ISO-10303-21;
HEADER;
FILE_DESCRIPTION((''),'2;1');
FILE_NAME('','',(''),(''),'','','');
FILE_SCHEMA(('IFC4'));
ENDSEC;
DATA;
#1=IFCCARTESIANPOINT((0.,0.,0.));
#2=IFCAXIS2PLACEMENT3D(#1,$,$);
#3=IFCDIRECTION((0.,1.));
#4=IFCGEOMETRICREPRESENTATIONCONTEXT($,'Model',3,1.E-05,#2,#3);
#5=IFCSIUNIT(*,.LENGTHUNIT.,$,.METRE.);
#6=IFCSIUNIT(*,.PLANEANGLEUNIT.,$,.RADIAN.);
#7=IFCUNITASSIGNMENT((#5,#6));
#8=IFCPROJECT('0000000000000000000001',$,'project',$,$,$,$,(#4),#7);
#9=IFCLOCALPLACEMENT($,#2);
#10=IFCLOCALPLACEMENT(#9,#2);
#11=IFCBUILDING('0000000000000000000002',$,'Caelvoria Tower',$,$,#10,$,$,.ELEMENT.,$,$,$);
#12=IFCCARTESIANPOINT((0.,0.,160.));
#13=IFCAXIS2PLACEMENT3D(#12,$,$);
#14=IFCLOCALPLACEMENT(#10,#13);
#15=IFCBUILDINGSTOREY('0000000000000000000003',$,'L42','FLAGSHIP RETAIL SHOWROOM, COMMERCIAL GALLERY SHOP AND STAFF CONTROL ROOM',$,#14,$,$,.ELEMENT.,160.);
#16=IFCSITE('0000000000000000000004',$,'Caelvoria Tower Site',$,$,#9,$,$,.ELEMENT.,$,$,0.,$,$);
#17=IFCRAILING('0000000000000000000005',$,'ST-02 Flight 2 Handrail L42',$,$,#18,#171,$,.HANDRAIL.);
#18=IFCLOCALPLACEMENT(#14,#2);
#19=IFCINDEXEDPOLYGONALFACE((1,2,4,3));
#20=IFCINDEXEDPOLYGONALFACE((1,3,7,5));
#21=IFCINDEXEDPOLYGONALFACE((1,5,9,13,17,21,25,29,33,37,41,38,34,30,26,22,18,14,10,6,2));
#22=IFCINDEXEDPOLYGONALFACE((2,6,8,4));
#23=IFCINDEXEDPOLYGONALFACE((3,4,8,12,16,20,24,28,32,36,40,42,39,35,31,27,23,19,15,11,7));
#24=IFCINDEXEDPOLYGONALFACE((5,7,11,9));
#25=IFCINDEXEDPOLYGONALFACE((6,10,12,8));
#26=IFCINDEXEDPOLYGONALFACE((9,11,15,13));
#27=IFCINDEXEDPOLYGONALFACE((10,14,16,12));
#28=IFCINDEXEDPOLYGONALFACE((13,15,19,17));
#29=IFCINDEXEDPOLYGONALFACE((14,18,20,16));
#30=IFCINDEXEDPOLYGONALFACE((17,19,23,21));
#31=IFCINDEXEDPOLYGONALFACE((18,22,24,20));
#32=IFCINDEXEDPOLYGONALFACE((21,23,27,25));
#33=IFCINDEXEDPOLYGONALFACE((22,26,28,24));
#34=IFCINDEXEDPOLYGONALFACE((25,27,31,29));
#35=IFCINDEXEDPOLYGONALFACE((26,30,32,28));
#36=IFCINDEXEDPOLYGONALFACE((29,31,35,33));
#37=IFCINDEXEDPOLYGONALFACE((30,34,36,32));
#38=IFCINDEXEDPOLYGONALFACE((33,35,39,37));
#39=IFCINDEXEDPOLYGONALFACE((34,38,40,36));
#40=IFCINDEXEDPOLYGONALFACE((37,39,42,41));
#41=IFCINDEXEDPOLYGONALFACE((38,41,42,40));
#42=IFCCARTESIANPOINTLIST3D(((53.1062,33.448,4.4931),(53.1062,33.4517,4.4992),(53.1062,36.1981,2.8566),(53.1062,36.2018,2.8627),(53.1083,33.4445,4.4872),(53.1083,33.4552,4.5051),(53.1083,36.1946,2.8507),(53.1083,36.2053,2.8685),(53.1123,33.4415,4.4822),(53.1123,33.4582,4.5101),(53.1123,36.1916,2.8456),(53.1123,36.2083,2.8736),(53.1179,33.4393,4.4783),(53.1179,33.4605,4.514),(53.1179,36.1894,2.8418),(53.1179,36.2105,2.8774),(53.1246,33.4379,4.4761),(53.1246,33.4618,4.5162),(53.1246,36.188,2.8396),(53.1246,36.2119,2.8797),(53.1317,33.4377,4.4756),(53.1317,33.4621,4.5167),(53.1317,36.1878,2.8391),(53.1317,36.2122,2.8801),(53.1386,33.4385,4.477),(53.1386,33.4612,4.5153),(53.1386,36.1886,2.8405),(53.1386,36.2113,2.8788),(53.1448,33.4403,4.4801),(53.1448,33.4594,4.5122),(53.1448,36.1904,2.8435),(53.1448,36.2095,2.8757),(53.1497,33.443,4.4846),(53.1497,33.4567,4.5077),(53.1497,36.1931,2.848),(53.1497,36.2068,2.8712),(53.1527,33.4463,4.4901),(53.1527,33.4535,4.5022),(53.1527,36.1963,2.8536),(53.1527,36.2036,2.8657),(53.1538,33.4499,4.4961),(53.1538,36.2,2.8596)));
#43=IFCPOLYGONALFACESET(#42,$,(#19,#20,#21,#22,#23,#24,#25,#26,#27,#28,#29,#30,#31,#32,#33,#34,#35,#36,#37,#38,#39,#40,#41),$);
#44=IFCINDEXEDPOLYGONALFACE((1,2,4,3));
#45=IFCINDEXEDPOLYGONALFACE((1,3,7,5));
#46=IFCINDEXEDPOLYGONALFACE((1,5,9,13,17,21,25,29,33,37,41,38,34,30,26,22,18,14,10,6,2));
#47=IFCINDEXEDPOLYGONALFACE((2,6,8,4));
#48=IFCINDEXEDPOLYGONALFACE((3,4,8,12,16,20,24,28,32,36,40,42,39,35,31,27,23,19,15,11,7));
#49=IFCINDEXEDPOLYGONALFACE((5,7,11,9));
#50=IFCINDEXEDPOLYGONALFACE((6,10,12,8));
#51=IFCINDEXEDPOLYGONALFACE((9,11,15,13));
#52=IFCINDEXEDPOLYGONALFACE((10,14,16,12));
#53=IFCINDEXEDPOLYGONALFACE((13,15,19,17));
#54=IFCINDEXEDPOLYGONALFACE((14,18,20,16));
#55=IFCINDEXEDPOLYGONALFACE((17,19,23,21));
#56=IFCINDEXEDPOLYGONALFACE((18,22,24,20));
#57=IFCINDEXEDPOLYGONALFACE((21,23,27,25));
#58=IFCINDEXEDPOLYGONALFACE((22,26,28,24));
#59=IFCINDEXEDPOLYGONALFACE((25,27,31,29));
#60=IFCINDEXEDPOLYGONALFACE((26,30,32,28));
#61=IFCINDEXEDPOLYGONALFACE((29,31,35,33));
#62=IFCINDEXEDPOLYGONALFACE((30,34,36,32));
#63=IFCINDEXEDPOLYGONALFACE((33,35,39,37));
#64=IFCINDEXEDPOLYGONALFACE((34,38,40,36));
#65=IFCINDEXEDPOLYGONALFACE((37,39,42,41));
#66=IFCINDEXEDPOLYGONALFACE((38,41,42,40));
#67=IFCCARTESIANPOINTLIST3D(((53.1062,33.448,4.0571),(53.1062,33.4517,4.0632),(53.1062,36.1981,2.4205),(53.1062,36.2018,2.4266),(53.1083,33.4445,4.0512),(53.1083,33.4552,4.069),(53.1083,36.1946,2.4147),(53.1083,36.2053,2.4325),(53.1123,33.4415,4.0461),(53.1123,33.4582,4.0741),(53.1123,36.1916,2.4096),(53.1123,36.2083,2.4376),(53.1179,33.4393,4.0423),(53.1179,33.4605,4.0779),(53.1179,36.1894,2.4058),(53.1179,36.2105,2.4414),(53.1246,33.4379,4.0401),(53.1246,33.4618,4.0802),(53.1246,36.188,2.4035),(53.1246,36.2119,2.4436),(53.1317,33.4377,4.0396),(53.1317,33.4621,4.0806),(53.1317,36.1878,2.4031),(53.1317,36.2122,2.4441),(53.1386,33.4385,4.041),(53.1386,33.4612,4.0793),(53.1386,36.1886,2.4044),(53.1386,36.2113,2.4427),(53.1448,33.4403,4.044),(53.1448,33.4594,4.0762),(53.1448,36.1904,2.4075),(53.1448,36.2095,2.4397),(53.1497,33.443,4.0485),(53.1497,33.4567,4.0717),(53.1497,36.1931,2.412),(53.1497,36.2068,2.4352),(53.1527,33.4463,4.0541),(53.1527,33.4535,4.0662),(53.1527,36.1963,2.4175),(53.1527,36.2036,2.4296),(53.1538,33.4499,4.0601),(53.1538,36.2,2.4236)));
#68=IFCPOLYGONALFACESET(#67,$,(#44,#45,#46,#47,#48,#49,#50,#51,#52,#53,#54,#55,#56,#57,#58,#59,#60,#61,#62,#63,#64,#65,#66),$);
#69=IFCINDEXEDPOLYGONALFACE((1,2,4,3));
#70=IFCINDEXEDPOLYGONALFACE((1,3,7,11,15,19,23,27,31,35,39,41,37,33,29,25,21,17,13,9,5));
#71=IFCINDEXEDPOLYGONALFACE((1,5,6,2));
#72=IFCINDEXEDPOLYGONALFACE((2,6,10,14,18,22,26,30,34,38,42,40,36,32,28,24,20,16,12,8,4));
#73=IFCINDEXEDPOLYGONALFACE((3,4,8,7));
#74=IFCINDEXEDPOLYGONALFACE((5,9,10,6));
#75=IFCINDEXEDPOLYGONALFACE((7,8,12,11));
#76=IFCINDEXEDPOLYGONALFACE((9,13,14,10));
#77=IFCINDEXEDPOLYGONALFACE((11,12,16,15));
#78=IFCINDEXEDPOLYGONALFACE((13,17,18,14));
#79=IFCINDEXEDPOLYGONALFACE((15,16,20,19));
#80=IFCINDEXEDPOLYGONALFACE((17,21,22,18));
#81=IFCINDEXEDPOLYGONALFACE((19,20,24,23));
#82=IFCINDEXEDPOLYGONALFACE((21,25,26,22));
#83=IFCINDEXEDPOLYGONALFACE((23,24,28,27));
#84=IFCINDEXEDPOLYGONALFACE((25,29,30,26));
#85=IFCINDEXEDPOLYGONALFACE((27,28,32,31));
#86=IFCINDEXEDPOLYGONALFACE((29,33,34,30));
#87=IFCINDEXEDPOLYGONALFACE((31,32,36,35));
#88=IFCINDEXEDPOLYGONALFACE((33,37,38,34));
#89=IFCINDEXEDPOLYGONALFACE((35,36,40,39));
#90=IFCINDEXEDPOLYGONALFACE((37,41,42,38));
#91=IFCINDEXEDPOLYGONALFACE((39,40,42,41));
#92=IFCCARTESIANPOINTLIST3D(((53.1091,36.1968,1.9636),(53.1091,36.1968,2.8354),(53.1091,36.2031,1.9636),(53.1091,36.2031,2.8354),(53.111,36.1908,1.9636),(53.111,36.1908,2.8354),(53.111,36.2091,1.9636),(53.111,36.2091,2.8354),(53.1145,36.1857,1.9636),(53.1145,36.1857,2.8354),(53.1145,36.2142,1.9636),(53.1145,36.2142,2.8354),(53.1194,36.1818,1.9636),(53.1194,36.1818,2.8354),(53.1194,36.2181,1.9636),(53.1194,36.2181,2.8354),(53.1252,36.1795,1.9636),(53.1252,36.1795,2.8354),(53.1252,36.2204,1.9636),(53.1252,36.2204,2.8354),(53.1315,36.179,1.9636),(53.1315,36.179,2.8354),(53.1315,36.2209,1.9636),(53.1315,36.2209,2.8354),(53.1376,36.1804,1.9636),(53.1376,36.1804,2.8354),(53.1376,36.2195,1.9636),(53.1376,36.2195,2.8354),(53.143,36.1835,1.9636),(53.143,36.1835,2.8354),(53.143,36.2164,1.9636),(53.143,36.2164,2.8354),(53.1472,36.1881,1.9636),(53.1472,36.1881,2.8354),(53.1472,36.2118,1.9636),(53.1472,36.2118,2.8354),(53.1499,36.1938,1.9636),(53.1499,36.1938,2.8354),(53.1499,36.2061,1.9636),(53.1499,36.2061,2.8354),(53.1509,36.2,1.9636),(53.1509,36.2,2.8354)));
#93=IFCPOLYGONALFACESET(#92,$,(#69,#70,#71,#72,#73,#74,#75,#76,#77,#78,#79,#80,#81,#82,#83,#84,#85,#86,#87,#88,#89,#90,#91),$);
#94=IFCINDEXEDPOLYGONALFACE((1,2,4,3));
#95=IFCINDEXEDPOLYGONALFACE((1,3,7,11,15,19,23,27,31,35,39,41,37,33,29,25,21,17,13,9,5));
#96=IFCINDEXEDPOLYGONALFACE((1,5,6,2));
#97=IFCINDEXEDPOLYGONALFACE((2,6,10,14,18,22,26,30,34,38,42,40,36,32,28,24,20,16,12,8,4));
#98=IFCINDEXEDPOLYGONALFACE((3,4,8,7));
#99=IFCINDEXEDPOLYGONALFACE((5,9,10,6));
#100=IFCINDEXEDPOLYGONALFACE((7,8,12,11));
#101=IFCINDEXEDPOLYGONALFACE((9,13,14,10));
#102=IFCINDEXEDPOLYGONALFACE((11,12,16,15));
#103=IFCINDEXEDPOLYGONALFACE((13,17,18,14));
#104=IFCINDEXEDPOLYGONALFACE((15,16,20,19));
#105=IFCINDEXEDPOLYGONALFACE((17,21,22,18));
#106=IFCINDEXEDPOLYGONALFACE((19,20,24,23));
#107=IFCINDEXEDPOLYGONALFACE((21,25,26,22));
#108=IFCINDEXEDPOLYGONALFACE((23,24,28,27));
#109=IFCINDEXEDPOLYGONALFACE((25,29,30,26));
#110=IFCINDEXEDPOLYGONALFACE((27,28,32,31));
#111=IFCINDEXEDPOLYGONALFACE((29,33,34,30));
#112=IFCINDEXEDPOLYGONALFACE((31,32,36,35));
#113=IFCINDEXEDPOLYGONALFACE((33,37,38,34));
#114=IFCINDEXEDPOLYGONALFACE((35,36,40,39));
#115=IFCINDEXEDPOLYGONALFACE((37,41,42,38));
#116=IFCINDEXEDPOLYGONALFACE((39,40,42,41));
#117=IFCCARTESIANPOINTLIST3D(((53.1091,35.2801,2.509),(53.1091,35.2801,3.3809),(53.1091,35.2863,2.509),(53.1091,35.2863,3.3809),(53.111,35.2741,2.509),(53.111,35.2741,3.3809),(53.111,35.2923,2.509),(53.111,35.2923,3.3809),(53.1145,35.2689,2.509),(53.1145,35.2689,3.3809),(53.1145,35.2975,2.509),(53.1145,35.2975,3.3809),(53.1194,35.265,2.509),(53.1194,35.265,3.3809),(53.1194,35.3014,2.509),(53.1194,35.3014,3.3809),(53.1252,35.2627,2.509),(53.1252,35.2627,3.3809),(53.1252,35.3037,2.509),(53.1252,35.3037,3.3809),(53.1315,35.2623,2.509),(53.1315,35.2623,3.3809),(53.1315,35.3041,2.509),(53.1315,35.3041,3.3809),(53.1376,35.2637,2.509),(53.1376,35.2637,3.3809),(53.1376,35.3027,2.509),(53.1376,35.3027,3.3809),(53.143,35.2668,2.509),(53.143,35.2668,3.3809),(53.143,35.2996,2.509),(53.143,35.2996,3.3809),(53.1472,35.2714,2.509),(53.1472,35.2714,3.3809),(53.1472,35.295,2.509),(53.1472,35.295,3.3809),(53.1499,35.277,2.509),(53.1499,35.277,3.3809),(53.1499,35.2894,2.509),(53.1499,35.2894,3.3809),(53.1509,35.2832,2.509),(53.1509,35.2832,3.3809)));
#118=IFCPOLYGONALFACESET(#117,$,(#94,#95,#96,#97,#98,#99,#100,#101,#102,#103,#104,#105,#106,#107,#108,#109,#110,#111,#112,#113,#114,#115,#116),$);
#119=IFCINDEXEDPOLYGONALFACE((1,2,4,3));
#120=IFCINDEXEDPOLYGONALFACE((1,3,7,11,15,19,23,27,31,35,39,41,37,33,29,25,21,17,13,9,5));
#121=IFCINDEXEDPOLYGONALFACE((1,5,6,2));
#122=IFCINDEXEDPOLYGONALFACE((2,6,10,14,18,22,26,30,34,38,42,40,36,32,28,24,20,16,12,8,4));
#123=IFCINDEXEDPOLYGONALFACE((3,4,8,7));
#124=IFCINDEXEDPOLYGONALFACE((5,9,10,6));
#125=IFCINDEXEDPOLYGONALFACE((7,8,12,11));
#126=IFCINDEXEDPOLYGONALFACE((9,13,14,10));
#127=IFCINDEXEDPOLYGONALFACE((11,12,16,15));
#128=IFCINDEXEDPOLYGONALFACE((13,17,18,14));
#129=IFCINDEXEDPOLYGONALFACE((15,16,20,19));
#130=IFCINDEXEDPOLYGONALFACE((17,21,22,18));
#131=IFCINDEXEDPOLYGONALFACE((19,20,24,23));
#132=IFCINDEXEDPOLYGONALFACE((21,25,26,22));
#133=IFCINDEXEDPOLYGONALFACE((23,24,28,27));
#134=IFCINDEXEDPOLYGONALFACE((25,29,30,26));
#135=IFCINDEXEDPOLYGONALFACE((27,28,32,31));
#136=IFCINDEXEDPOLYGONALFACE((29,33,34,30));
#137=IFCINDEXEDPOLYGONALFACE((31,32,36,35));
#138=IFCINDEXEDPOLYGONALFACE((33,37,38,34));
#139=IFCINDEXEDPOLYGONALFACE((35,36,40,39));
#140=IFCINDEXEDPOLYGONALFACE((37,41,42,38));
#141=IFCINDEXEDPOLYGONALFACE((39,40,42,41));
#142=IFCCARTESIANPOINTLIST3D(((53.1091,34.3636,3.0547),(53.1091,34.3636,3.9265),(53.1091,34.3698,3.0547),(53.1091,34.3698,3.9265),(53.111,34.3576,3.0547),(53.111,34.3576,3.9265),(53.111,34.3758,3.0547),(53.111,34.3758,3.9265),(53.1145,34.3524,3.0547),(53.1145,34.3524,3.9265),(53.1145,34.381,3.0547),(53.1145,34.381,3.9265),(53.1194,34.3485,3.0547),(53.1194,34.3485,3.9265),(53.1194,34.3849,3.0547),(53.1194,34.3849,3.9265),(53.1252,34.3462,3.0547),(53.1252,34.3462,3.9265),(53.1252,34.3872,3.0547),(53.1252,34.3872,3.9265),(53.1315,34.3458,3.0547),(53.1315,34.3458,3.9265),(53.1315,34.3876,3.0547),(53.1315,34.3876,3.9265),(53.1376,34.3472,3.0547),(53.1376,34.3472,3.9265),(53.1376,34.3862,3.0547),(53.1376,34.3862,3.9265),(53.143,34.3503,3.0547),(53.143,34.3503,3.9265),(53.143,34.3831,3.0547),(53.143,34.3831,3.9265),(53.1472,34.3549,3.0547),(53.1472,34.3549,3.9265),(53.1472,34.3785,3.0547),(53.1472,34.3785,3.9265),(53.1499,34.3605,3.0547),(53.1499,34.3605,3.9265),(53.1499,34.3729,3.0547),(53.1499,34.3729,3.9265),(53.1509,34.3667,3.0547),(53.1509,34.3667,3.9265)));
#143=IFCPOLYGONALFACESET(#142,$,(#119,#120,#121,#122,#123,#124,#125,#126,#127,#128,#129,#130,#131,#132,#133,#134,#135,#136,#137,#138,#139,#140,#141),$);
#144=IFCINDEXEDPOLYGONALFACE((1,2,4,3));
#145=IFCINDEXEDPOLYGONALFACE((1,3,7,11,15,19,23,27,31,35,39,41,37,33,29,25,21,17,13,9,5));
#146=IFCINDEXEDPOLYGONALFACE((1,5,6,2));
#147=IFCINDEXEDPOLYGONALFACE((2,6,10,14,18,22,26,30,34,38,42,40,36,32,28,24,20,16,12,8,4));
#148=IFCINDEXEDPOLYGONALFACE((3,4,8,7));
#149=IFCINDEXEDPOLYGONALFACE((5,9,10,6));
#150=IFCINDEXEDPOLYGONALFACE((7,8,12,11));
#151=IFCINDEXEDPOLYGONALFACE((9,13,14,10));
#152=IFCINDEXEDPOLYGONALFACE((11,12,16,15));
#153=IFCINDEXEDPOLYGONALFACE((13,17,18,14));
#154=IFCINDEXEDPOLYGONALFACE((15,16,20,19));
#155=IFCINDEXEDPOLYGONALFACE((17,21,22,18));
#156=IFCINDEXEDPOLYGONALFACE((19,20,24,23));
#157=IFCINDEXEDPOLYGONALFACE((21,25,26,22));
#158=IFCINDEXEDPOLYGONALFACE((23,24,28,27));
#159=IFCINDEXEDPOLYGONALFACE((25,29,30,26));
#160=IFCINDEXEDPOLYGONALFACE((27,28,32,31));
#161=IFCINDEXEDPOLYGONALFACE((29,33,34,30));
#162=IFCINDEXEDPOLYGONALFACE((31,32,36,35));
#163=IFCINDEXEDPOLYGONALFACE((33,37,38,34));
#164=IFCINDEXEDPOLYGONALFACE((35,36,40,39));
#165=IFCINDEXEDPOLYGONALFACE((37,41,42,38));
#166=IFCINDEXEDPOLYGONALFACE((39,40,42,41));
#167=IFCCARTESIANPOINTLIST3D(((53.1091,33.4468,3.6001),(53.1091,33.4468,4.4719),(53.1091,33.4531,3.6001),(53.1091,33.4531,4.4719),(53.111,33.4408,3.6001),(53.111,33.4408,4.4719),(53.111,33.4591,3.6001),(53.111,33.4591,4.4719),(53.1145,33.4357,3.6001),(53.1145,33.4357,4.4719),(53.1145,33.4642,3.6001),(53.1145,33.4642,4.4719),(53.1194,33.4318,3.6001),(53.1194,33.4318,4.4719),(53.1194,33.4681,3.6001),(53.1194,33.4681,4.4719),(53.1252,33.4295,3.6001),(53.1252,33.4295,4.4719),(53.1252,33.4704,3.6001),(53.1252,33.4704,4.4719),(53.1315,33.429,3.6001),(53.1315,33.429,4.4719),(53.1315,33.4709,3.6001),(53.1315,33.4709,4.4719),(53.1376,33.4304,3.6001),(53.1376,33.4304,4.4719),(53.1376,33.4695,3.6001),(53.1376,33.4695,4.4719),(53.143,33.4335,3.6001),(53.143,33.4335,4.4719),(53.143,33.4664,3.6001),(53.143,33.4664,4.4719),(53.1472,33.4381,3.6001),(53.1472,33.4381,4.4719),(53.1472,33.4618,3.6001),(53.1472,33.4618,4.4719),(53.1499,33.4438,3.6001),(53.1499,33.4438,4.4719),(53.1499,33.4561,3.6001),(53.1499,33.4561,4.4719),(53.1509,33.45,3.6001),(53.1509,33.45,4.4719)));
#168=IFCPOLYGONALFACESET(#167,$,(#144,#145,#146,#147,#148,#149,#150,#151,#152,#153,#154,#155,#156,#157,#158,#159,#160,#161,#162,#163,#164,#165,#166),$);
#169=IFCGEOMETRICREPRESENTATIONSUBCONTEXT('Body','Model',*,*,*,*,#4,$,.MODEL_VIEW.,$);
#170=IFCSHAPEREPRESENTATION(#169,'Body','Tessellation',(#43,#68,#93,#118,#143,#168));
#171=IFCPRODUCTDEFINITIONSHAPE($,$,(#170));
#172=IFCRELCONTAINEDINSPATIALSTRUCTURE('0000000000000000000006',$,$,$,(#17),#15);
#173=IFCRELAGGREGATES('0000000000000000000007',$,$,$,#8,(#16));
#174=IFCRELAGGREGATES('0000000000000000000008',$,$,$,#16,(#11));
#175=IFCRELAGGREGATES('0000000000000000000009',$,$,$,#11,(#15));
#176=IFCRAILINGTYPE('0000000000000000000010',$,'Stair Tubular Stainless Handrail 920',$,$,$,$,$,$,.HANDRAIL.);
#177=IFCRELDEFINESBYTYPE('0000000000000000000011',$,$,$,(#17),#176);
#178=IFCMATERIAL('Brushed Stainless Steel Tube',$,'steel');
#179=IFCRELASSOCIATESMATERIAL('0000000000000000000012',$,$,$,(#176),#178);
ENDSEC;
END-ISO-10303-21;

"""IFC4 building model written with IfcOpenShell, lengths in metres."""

from ifc_helpers import new_model, si_unit, direction, frame, origin, origin_2d, place, context, subcontext, project, spatial, circle, extrude, material, type_object, element, save


model = new_model("IFC4")

# Units and contexts
model_context = context("Model", 3, precision=1e-05, world=origin(), true_north=direction((0.0, 1.0)))
body_context = subcontext(model_context, "Body", "Model", "MODEL_VIEW")
ifc_project = project(units=[si_unit("LENGTHUNIT", "METRE"), si_unit("PLANEANGLEUNIT", "RADIAN")], contexts=[model_context])

# Site, building, storey
site_placement = place(None, origin())
site = spatial("IfcSite", under=ifc_project, at=site_placement, Name="Caelvoria Tower Site", CompositionType="ELEMENT", RefElevation=0.0)
building_placement = place(site_placement, origin())
building = spatial("IfcBuilding", under=site, at=building_placement, Name="Caelvoria Tower", CompositionType="ELEMENT")
storey_placement = place(building_placement, frame((0.0, 0.0, 160.0)))
storey = spatial("IfcBuildingStorey", under=building, at=storey_placement, Name="L42", Description="FLAGSHIP RETAIL SHOWROOM, COMMERCIAL GALLERY SHOP AND STAFF CONTROL ROOM", CompositionType="ELEMENT", Elevation=160.0)

# Railing
ifc_material_1 = material(Name="Brushed Stainless Steel Tube", Category="steel")
railing_type_1 = type_object("IfcRailingType", Name="Stair Tubular Stainless Handrail 920", PredefinedType="HANDRAIL", material=ifc_material_1)
railing_1_placement = place(storey_placement, frame((53.1299, 36.2, 1.9636)))
element("IfcRailing", 1, at=railing_1_placement, inside=storey, type_object=railing_type_1, Name="ST-02 Flight 2 Handrail L42", PredefinedType="HANDRAIL", context=body_context, shape_type="SweptSolid", body=[
    extrude(circle(Radius=0.0239, at=origin_2d()), frame((0.0, 0.0, 0.896), z_axis=(0.0, -0.859352, 0.511385), x_axis=(1.0, 0.0, 0.0)), (0.0, 0.0, 1.0), 3.2002),
    extrude(circle(Radius=0.0239, at=origin_2d()), frame((0.0, 0.0, 0.46), z_axis=(0.0, -0.859352, 0.511385), x_axis=(1.0, 0.0, 0.0)), (0.0, 0.0, 1.0), 3.2002),
    extrude(circle(Radius=0.021, at=origin_2d()), origin(), (0.0, 0.0, 1.0), 0.8718),
    extrude(circle(Radius=0.021, at=origin_2d()), frame((0.0, -0.9167, 0.5454)), (0.0, 0.0, 1.0), 0.8718),
    extrude(circle(Radius=0.021, at=origin_2d()), frame((0.0, -1.8333, 1.0911)), (0.0, 0.0, 1.0), 0.8718),
    extrude(circle(Radius=0.021, at=origin_2d()), frame((0.0, -2.75, 1.6365)), (0.0, 0.0, 1.0), 0.8718),
])

save(model, "model.ifc")
